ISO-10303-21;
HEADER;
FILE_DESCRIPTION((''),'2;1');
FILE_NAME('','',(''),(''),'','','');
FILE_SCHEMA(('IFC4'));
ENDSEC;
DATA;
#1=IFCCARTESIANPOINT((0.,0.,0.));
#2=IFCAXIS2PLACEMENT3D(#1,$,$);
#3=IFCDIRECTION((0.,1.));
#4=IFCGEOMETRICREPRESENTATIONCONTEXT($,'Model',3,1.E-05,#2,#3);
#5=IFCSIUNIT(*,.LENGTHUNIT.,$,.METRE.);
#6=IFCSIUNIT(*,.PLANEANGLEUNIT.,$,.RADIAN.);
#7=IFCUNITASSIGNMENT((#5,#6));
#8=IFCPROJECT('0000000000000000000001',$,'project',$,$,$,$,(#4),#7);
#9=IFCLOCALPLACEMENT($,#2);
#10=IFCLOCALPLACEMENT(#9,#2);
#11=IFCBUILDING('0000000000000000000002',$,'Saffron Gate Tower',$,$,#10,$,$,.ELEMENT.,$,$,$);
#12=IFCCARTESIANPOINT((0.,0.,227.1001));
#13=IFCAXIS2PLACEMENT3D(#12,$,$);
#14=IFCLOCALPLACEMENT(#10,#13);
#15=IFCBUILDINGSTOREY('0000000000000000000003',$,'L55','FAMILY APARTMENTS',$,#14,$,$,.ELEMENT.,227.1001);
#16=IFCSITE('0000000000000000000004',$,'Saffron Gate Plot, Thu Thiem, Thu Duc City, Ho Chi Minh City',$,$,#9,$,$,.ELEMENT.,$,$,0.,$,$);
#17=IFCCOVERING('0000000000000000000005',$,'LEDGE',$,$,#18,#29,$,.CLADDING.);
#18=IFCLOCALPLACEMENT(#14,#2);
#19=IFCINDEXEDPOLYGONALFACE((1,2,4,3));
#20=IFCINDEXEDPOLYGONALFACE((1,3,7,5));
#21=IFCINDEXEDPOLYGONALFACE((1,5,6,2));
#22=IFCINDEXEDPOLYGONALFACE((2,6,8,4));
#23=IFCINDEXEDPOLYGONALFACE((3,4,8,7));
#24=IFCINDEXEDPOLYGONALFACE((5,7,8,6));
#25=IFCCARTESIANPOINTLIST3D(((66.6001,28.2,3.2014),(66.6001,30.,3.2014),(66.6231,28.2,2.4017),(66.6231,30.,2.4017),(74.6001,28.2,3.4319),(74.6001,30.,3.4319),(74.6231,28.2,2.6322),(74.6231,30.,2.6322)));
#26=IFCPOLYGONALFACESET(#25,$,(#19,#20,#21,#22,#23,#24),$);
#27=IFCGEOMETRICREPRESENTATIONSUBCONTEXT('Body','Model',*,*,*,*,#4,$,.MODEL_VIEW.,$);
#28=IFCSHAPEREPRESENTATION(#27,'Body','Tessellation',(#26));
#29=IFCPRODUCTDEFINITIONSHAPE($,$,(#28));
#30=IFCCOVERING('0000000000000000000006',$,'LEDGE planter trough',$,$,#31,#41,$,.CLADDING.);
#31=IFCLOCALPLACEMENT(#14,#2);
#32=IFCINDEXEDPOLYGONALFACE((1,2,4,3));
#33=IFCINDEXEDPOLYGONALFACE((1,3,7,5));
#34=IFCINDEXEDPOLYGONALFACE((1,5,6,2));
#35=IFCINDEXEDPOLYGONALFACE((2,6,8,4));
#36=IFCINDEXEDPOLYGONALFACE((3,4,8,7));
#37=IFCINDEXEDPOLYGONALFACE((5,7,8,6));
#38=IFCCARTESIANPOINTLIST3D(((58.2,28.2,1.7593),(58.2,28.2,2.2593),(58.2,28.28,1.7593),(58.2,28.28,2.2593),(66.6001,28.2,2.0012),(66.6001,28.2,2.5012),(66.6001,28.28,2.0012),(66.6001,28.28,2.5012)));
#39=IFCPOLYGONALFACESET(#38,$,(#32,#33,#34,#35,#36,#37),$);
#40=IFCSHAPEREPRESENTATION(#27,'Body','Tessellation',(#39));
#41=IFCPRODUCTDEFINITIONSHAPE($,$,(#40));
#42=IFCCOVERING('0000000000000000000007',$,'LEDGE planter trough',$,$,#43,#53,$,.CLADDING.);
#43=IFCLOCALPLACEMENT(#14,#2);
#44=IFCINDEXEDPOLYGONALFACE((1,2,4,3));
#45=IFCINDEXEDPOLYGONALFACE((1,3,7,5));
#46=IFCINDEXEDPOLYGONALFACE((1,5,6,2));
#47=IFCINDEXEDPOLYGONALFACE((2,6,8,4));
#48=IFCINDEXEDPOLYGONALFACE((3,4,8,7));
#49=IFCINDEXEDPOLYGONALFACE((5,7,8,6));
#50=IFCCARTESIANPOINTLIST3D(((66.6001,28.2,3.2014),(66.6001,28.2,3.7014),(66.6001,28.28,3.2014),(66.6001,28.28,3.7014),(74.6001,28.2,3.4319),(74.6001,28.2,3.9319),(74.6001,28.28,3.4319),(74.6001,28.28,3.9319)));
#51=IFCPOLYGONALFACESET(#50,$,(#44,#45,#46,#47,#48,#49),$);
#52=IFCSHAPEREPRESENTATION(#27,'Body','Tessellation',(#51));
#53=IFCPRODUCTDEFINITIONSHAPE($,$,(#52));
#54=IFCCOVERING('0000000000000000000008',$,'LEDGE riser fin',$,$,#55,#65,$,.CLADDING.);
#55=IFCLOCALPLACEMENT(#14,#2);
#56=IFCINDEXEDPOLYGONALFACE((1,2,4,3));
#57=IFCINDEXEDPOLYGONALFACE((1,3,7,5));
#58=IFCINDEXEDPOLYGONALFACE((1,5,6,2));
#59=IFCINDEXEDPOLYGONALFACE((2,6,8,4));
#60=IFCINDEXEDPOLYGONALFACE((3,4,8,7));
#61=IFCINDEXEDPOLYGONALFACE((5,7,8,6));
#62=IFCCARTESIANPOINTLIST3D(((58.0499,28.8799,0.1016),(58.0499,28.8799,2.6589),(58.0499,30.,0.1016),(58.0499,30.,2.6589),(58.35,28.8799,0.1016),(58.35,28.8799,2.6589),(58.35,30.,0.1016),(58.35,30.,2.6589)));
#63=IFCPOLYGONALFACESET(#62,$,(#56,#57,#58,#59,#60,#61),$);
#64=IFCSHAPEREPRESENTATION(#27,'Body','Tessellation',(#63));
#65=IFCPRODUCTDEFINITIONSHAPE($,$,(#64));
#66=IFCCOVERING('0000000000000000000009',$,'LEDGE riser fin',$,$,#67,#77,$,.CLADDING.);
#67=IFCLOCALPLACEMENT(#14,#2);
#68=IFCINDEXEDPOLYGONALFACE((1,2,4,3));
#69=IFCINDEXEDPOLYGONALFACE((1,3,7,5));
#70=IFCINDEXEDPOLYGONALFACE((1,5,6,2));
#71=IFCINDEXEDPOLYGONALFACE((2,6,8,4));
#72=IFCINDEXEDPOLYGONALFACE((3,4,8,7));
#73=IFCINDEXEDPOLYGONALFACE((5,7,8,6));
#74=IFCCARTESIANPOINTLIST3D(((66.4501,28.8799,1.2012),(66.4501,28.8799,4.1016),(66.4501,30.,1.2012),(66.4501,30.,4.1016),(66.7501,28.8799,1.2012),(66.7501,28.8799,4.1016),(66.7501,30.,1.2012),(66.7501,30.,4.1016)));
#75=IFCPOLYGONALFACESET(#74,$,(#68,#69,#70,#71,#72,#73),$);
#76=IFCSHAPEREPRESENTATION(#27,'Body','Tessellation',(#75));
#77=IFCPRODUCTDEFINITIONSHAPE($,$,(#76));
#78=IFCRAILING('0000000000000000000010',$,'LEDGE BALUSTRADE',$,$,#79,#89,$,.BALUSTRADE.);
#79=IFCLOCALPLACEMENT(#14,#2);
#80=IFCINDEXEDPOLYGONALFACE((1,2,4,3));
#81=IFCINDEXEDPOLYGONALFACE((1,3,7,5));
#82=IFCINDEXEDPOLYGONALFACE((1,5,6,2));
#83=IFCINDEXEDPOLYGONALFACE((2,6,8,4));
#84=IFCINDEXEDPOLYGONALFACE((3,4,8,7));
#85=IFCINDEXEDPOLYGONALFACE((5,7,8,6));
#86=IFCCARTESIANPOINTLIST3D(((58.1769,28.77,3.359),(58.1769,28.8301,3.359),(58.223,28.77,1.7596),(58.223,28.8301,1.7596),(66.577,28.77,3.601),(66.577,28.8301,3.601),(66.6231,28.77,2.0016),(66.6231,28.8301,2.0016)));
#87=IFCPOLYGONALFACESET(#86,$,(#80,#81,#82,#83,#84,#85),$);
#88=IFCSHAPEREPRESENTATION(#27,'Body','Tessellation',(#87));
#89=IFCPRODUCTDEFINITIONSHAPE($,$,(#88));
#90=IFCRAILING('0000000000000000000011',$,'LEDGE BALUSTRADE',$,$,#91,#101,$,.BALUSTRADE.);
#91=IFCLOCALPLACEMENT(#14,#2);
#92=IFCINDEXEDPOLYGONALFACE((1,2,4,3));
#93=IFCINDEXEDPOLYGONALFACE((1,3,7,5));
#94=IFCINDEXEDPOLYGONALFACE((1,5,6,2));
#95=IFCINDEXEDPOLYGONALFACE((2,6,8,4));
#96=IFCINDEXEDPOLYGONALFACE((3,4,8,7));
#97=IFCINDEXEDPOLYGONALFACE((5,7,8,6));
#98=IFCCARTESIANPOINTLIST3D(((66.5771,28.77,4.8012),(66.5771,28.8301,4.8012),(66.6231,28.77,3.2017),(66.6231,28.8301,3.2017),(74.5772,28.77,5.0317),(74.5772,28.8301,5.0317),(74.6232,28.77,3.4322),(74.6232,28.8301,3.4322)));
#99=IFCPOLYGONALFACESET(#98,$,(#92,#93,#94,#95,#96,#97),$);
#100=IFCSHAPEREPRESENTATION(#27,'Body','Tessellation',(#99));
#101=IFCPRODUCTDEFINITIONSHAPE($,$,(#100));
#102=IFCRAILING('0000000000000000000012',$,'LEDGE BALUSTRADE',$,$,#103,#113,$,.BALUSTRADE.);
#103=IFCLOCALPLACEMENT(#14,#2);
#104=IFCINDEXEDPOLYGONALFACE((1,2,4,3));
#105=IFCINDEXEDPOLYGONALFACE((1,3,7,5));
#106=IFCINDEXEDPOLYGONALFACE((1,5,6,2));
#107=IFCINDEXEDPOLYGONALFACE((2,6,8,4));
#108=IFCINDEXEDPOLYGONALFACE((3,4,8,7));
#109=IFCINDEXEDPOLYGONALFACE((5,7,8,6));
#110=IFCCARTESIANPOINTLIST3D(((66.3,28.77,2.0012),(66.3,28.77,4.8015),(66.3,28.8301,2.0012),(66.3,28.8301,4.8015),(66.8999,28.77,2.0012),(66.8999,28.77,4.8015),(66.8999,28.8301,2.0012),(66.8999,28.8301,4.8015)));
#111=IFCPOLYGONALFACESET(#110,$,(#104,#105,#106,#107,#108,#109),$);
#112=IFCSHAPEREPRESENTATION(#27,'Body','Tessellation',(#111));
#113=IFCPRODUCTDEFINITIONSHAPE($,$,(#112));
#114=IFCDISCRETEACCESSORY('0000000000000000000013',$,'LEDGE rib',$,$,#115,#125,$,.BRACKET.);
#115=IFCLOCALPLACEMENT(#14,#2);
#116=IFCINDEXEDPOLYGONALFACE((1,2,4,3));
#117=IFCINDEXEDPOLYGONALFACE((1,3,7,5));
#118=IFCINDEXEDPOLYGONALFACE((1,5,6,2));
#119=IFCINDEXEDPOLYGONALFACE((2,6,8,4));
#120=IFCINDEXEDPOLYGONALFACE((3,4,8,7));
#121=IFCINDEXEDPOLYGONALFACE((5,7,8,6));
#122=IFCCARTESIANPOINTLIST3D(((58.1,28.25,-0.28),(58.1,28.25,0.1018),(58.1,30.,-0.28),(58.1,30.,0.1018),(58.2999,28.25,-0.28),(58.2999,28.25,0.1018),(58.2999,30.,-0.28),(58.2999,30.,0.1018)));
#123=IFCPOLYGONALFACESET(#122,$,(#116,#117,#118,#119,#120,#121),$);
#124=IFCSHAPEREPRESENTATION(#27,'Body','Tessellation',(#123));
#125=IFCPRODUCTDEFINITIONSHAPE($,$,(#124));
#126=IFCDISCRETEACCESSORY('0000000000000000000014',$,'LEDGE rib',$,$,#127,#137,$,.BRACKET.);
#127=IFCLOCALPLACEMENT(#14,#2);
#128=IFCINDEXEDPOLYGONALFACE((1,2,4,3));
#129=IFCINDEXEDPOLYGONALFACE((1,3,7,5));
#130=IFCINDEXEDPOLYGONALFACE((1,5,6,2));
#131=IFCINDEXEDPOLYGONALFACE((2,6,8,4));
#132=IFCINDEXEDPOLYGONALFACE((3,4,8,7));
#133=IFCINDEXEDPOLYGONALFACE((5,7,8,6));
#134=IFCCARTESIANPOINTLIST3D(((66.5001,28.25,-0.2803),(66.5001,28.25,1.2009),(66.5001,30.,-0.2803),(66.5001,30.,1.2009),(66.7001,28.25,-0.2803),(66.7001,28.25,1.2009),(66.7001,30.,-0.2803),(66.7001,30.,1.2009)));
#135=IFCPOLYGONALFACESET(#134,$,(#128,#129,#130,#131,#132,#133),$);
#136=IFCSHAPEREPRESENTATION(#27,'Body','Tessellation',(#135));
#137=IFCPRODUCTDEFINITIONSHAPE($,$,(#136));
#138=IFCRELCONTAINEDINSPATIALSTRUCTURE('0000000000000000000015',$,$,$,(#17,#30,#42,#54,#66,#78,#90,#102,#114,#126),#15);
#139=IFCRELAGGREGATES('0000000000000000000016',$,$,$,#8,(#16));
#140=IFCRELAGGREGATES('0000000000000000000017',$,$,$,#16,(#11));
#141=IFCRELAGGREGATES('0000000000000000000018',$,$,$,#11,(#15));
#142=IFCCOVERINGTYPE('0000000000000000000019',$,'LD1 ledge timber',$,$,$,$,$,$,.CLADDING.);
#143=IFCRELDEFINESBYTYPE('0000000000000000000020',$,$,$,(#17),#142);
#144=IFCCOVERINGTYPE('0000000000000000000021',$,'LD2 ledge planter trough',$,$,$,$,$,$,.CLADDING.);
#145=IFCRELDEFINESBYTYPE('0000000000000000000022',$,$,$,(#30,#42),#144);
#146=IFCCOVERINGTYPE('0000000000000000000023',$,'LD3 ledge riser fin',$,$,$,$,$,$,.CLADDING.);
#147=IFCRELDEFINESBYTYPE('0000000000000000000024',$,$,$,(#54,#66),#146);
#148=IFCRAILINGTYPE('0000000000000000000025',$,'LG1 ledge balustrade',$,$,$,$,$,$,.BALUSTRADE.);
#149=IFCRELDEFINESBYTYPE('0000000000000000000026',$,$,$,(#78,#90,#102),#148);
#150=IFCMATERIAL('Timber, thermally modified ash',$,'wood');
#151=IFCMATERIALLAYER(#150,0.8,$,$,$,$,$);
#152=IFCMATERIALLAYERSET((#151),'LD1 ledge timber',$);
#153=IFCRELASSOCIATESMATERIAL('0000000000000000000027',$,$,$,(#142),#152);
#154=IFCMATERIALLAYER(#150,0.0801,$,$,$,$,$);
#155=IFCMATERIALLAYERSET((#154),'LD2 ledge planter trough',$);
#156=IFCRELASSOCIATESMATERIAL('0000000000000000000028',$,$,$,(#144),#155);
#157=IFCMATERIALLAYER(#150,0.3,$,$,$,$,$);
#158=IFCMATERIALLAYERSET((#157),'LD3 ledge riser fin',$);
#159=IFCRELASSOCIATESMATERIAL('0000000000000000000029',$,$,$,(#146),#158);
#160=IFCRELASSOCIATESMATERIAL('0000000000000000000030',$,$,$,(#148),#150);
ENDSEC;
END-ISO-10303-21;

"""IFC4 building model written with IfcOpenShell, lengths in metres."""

from ifc_helpers import new_model, si_unit, direction, frame, origin, origin_2d, place, context, subcontext, project, spatial, polyline, rectangle, outline, extrude, material, layer, layer_set, type_object, element, save


model = new_model("IFC4")

# Units and contexts
model_context = context("Model", 3, precision=1e-05, world=origin(), true_north=direction((0.0, 1.0)))
body_context = subcontext(model_context, "Body", "Model", "MODEL_VIEW")
ifc_project = project(units=[si_unit("LENGTHUNIT", "METRE"), si_unit("PLANEANGLEUNIT", "RADIAN")], contexts=[model_context])

# Site, building, storey
site_placement = place(None, origin())
site = spatial("IfcSite", under=ifc_project, at=site_placement, Name="Saffron Gate Plot, Thu Thiem, Thu Duc City, Ho Chi Minh City", CompositionType="ELEMENT", RefElevation=0.0)
building_placement = place(site_placement, origin())
building = spatial("IfcBuilding", under=site, at=building_placement, Name="Saffron Gate Tower", CompositionType="ELEMENT")
storey_placement = place(building_placement, frame((0.0, 0.0, 227.1001)))
storey = spatial("IfcBuildingStorey", under=building, at=storey_placement, Name="L55", Description="FAMILY APARTMENTS", CompositionType="ELEMENT", Elevation=227.1001)

# Coverings
ifc_material_1 = material(Name="Timber, thermally modified ash", Category="wood")
ifc_layer_1 = layer(ifc_material_1, 0.8)
ifc_layer_set_1 = layer_set([ifc_layer_1], Name="LD1 ledge timber")
covering_type_1 = type_object("IfcCoveringType", Name="LD1 ledge timber", PredefinedType="CLADDING", material=ifc_layer_set_1)
covering_1_placement = place(storey_placement, frame((66.6001, 30.0, 3.2014), z_axis=(-0.028797, 0.0, 0.999585), x_axis=(0.999585, 0.0, 0.028797)))
element("IfcCovering", 1, at=covering_1_placement, inside=storey, type_object=covering_type_1, Name="LEDGE", PredefinedType="CLADDING", context=body_context, shape_type="SweptSolid", body=[
    extrude(outline(polyline([(0.0, 0.0), (8.0033, 0.0), (8.0033, -1.8), (0.0, -1.8), (0.0, 0.0)])), origin(), (0.0, 0.0, -1.0), 0.8),
])
ifc_layer_2 = layer(ifc_material_1, 0.0801)
ifc_layer_set_2 = layer_set([ifc_layer_2], Name="LD2 ledge planter trough")
covering_type_2 = type_object("IfcCoveringType", Name="LD2 ledge planter trough", PredefinedType="CLADDING", material=ifc_layer_set_2)
covering_2_placement = place(storey_placement, frame((58.2, 28.2, 1.7593), z_axis=(0.0, -1.0, 0.0), x_axis=(0.999585, 0.0, 0.02879)))
element("IfcCovering", 2, at=covering_2_placement, inside=storey, type_object=covering_type_2, Name="LEDGE planter trough", PredefinedType="CLADDING", context=body_context, shape_type="SweptSolid", body=[
    extrude(outline(polyline([(0.0, 0.0), (8.4036, 0.0), (8.418, 0.4998), (0.0144, 0.4998), (0.0, 0.0)])), origin(), (0.0, 0.0, -1.0), 0.0801),
])
covering_3_placement = place(storey_placement, frame((66.6001, 28.2, 3.2014), z_axis=(0.0, -1.0, 0.0), x_axis=(0.999585, 0.0, 0.028797)))
element("IfcCovering", 3, at=covering_3_placement, inside=storey, type_object=covering_type_2, Name="LEDGE planter trough", PredefinedType="CLADDING", context=body_context, shape_type="SweptSolid", body=[
    extrude(outline(polyline([(0.0, 0.0), (8.0033, 0.0), (8.0177, 0.4998), (0.0144, 0.4998), (0.0, 0.0)])), origin(), (0.0, 0.0, -1.0), 0.0801),
])
ifc_layer_3 = layer(ifc_material_1, 0.3)
ifc_layer_set_3 = layer_set([ifc_layer_3], Name="LD3 ledge riser fin")
covering_type_3 = type_object("IfcCoveringType", Name="LD3 ledge riser fin", PredefinedType="CLADDING", material=ifc_layer_set_3)
covering_4_placement = place(storey_placement, frame((58.2, 29.4399, 0.1016), z_axis=(0.0, 0.0, 1.0), x_axis=(1.0, 0.0, 0.0)))
element("IfcCovering", 4, at=covering_4_placement, inside=storey, type_object=covering_type_3, Name="LEDGE riser fin", PredefinedType="CLADDING", context=body_context, shape_type="SweptSolid", body=[
    extrude(rectangle(XDim=0.3, YDim=1.1201, at=origin_2d()), origin(), (0.0, 0.0, 1.0), 2.5574),
])
covering_5_placement = place(storey_placement, frame((66.6001, 29.4399, 1.2012), z_axis=(0.0, 0.0, 1.0), x_axis=(1.0, 0.0, 0.0)))
element("IfcCovering", 5, at=covering_5_placement, inside=storey, type_object=covering_type_3, Name="LEDGE riser fin", PredefinedType="CLADDING", context=body_context, shape_type="SweptSolid", body=[
    extrude(rectangle(XDim=0.3, YDim=1.1201, at=origin_2d()), origin(), (0.0, 0.0, 1.0), 2.9004),
])

# Railings
railing_type = type_object("IfcRailingType", Name="LG1 ledge balustrade", PredefinedType="BALUSTRADE", material=ifc_material_1)
railing_1_placement = place(storey_placement, frame((58.2, 28.8, 1.7593)))
element("IfcRailing", 6, at=railing_1_placement, inside=storey, type_object=railing_type, Name="LEDGE BALUSTRADE", PredefinedType="BALUSTRADE", context=body_context, shape_type="SweptSolid", body=[
    extrude(rectangle(XDim=0.0601, YDim=1.6001, at=origin_2d()), frame((0.0, 0.0, 0.8), z_axis=(0.999585, 0.0, 0.02879), x_axis=(0.0, 1.0, 0.0)), (0.0, 0.0, 1.0), 8.4036),
])
railing_2_placement = place(storey_placement, frame((66.6001, 28.8, 3.2014)))
element("IfcRailing", 7, at=railing_2_placement, inside=storey, type_object=railing_type, Name="LEDGE BALUSTRADE", PredefinedType="BALUSTRADE", context=body_context, shape_type="SweptSolid", body=[
    extrude(rectangle(XDim=0.0601, YDim=1.6001, at=origin_2d()), frame((0.0, 0.0, 0.8), z_axis=(0.999585, 0.0, 0.028797), x_axis=(0.0, 1.0, 0.0)), (0.0, 0.0, 1.0), 8.0034),
])
railing_3_placement = place(storey_placement, frame((66.3, 28.8, 2.0012)))
element("IfcRailing", 8, at=railing_3_placement, inside=storey, type_object=railing_type, Name="LEDGE BALUSTRADE", PredefinedType="BALUSTRADE", context=body_context, shape_type="SweptSolid", body=[
    extrude(rectangle(XDim=0.0601, YDim=2.8003, at=origin_2d()), frame((0.0, 0.0, 1.4001), z_axis=(1.0, 0.0, 0.0), x_axis=(0.0, 1.0, 0.0)), (0.0, 0.0, 1.0), 0.5999),
])

# Discrete accessories
discrete_accessory_1_placement = place(storey_placement, frame((58.2, 29.125, -0.28), z_axis=(0.0, 0.0, 1.0), x_axis=(1.0, 0.0, 0.0)))
element("IfcDiscreteAccessory", 9, at=discrete_accessory_1_placement, inside=storey, Name="LEDGE rib", PredefinedType="BRACKET", context=body_context, shape_type="SweptSolid", body=[
    extrude(rectangle(XDim=0.2, YDim=1.75, at=origin_2d()), origin(), (0.0, 0.0, 1.0), 0.3818),
])
discrete_accessory_2_placement = place(storey_placement, frame((66.6001, 29.125, -0.2803), z_axis=(0.0, 0.0, 1.0), x_axis=(1.0, 0.0, 0.0)))
element("IfcDiscreteAccessory", 10, at=discrete_accessory_2_placement, inside=storey, Name="LEDGE rib", PredefinedType="BRACKET", context=body_context, shape_type="SweptSolid", body=[
    extrude(rectangle(XDim=0.2, YDim=1.75, at=origin_2d()), origin(), (0.0, 0.0, 1.0), 1.4812),
])

save(model, "model.ifc")
